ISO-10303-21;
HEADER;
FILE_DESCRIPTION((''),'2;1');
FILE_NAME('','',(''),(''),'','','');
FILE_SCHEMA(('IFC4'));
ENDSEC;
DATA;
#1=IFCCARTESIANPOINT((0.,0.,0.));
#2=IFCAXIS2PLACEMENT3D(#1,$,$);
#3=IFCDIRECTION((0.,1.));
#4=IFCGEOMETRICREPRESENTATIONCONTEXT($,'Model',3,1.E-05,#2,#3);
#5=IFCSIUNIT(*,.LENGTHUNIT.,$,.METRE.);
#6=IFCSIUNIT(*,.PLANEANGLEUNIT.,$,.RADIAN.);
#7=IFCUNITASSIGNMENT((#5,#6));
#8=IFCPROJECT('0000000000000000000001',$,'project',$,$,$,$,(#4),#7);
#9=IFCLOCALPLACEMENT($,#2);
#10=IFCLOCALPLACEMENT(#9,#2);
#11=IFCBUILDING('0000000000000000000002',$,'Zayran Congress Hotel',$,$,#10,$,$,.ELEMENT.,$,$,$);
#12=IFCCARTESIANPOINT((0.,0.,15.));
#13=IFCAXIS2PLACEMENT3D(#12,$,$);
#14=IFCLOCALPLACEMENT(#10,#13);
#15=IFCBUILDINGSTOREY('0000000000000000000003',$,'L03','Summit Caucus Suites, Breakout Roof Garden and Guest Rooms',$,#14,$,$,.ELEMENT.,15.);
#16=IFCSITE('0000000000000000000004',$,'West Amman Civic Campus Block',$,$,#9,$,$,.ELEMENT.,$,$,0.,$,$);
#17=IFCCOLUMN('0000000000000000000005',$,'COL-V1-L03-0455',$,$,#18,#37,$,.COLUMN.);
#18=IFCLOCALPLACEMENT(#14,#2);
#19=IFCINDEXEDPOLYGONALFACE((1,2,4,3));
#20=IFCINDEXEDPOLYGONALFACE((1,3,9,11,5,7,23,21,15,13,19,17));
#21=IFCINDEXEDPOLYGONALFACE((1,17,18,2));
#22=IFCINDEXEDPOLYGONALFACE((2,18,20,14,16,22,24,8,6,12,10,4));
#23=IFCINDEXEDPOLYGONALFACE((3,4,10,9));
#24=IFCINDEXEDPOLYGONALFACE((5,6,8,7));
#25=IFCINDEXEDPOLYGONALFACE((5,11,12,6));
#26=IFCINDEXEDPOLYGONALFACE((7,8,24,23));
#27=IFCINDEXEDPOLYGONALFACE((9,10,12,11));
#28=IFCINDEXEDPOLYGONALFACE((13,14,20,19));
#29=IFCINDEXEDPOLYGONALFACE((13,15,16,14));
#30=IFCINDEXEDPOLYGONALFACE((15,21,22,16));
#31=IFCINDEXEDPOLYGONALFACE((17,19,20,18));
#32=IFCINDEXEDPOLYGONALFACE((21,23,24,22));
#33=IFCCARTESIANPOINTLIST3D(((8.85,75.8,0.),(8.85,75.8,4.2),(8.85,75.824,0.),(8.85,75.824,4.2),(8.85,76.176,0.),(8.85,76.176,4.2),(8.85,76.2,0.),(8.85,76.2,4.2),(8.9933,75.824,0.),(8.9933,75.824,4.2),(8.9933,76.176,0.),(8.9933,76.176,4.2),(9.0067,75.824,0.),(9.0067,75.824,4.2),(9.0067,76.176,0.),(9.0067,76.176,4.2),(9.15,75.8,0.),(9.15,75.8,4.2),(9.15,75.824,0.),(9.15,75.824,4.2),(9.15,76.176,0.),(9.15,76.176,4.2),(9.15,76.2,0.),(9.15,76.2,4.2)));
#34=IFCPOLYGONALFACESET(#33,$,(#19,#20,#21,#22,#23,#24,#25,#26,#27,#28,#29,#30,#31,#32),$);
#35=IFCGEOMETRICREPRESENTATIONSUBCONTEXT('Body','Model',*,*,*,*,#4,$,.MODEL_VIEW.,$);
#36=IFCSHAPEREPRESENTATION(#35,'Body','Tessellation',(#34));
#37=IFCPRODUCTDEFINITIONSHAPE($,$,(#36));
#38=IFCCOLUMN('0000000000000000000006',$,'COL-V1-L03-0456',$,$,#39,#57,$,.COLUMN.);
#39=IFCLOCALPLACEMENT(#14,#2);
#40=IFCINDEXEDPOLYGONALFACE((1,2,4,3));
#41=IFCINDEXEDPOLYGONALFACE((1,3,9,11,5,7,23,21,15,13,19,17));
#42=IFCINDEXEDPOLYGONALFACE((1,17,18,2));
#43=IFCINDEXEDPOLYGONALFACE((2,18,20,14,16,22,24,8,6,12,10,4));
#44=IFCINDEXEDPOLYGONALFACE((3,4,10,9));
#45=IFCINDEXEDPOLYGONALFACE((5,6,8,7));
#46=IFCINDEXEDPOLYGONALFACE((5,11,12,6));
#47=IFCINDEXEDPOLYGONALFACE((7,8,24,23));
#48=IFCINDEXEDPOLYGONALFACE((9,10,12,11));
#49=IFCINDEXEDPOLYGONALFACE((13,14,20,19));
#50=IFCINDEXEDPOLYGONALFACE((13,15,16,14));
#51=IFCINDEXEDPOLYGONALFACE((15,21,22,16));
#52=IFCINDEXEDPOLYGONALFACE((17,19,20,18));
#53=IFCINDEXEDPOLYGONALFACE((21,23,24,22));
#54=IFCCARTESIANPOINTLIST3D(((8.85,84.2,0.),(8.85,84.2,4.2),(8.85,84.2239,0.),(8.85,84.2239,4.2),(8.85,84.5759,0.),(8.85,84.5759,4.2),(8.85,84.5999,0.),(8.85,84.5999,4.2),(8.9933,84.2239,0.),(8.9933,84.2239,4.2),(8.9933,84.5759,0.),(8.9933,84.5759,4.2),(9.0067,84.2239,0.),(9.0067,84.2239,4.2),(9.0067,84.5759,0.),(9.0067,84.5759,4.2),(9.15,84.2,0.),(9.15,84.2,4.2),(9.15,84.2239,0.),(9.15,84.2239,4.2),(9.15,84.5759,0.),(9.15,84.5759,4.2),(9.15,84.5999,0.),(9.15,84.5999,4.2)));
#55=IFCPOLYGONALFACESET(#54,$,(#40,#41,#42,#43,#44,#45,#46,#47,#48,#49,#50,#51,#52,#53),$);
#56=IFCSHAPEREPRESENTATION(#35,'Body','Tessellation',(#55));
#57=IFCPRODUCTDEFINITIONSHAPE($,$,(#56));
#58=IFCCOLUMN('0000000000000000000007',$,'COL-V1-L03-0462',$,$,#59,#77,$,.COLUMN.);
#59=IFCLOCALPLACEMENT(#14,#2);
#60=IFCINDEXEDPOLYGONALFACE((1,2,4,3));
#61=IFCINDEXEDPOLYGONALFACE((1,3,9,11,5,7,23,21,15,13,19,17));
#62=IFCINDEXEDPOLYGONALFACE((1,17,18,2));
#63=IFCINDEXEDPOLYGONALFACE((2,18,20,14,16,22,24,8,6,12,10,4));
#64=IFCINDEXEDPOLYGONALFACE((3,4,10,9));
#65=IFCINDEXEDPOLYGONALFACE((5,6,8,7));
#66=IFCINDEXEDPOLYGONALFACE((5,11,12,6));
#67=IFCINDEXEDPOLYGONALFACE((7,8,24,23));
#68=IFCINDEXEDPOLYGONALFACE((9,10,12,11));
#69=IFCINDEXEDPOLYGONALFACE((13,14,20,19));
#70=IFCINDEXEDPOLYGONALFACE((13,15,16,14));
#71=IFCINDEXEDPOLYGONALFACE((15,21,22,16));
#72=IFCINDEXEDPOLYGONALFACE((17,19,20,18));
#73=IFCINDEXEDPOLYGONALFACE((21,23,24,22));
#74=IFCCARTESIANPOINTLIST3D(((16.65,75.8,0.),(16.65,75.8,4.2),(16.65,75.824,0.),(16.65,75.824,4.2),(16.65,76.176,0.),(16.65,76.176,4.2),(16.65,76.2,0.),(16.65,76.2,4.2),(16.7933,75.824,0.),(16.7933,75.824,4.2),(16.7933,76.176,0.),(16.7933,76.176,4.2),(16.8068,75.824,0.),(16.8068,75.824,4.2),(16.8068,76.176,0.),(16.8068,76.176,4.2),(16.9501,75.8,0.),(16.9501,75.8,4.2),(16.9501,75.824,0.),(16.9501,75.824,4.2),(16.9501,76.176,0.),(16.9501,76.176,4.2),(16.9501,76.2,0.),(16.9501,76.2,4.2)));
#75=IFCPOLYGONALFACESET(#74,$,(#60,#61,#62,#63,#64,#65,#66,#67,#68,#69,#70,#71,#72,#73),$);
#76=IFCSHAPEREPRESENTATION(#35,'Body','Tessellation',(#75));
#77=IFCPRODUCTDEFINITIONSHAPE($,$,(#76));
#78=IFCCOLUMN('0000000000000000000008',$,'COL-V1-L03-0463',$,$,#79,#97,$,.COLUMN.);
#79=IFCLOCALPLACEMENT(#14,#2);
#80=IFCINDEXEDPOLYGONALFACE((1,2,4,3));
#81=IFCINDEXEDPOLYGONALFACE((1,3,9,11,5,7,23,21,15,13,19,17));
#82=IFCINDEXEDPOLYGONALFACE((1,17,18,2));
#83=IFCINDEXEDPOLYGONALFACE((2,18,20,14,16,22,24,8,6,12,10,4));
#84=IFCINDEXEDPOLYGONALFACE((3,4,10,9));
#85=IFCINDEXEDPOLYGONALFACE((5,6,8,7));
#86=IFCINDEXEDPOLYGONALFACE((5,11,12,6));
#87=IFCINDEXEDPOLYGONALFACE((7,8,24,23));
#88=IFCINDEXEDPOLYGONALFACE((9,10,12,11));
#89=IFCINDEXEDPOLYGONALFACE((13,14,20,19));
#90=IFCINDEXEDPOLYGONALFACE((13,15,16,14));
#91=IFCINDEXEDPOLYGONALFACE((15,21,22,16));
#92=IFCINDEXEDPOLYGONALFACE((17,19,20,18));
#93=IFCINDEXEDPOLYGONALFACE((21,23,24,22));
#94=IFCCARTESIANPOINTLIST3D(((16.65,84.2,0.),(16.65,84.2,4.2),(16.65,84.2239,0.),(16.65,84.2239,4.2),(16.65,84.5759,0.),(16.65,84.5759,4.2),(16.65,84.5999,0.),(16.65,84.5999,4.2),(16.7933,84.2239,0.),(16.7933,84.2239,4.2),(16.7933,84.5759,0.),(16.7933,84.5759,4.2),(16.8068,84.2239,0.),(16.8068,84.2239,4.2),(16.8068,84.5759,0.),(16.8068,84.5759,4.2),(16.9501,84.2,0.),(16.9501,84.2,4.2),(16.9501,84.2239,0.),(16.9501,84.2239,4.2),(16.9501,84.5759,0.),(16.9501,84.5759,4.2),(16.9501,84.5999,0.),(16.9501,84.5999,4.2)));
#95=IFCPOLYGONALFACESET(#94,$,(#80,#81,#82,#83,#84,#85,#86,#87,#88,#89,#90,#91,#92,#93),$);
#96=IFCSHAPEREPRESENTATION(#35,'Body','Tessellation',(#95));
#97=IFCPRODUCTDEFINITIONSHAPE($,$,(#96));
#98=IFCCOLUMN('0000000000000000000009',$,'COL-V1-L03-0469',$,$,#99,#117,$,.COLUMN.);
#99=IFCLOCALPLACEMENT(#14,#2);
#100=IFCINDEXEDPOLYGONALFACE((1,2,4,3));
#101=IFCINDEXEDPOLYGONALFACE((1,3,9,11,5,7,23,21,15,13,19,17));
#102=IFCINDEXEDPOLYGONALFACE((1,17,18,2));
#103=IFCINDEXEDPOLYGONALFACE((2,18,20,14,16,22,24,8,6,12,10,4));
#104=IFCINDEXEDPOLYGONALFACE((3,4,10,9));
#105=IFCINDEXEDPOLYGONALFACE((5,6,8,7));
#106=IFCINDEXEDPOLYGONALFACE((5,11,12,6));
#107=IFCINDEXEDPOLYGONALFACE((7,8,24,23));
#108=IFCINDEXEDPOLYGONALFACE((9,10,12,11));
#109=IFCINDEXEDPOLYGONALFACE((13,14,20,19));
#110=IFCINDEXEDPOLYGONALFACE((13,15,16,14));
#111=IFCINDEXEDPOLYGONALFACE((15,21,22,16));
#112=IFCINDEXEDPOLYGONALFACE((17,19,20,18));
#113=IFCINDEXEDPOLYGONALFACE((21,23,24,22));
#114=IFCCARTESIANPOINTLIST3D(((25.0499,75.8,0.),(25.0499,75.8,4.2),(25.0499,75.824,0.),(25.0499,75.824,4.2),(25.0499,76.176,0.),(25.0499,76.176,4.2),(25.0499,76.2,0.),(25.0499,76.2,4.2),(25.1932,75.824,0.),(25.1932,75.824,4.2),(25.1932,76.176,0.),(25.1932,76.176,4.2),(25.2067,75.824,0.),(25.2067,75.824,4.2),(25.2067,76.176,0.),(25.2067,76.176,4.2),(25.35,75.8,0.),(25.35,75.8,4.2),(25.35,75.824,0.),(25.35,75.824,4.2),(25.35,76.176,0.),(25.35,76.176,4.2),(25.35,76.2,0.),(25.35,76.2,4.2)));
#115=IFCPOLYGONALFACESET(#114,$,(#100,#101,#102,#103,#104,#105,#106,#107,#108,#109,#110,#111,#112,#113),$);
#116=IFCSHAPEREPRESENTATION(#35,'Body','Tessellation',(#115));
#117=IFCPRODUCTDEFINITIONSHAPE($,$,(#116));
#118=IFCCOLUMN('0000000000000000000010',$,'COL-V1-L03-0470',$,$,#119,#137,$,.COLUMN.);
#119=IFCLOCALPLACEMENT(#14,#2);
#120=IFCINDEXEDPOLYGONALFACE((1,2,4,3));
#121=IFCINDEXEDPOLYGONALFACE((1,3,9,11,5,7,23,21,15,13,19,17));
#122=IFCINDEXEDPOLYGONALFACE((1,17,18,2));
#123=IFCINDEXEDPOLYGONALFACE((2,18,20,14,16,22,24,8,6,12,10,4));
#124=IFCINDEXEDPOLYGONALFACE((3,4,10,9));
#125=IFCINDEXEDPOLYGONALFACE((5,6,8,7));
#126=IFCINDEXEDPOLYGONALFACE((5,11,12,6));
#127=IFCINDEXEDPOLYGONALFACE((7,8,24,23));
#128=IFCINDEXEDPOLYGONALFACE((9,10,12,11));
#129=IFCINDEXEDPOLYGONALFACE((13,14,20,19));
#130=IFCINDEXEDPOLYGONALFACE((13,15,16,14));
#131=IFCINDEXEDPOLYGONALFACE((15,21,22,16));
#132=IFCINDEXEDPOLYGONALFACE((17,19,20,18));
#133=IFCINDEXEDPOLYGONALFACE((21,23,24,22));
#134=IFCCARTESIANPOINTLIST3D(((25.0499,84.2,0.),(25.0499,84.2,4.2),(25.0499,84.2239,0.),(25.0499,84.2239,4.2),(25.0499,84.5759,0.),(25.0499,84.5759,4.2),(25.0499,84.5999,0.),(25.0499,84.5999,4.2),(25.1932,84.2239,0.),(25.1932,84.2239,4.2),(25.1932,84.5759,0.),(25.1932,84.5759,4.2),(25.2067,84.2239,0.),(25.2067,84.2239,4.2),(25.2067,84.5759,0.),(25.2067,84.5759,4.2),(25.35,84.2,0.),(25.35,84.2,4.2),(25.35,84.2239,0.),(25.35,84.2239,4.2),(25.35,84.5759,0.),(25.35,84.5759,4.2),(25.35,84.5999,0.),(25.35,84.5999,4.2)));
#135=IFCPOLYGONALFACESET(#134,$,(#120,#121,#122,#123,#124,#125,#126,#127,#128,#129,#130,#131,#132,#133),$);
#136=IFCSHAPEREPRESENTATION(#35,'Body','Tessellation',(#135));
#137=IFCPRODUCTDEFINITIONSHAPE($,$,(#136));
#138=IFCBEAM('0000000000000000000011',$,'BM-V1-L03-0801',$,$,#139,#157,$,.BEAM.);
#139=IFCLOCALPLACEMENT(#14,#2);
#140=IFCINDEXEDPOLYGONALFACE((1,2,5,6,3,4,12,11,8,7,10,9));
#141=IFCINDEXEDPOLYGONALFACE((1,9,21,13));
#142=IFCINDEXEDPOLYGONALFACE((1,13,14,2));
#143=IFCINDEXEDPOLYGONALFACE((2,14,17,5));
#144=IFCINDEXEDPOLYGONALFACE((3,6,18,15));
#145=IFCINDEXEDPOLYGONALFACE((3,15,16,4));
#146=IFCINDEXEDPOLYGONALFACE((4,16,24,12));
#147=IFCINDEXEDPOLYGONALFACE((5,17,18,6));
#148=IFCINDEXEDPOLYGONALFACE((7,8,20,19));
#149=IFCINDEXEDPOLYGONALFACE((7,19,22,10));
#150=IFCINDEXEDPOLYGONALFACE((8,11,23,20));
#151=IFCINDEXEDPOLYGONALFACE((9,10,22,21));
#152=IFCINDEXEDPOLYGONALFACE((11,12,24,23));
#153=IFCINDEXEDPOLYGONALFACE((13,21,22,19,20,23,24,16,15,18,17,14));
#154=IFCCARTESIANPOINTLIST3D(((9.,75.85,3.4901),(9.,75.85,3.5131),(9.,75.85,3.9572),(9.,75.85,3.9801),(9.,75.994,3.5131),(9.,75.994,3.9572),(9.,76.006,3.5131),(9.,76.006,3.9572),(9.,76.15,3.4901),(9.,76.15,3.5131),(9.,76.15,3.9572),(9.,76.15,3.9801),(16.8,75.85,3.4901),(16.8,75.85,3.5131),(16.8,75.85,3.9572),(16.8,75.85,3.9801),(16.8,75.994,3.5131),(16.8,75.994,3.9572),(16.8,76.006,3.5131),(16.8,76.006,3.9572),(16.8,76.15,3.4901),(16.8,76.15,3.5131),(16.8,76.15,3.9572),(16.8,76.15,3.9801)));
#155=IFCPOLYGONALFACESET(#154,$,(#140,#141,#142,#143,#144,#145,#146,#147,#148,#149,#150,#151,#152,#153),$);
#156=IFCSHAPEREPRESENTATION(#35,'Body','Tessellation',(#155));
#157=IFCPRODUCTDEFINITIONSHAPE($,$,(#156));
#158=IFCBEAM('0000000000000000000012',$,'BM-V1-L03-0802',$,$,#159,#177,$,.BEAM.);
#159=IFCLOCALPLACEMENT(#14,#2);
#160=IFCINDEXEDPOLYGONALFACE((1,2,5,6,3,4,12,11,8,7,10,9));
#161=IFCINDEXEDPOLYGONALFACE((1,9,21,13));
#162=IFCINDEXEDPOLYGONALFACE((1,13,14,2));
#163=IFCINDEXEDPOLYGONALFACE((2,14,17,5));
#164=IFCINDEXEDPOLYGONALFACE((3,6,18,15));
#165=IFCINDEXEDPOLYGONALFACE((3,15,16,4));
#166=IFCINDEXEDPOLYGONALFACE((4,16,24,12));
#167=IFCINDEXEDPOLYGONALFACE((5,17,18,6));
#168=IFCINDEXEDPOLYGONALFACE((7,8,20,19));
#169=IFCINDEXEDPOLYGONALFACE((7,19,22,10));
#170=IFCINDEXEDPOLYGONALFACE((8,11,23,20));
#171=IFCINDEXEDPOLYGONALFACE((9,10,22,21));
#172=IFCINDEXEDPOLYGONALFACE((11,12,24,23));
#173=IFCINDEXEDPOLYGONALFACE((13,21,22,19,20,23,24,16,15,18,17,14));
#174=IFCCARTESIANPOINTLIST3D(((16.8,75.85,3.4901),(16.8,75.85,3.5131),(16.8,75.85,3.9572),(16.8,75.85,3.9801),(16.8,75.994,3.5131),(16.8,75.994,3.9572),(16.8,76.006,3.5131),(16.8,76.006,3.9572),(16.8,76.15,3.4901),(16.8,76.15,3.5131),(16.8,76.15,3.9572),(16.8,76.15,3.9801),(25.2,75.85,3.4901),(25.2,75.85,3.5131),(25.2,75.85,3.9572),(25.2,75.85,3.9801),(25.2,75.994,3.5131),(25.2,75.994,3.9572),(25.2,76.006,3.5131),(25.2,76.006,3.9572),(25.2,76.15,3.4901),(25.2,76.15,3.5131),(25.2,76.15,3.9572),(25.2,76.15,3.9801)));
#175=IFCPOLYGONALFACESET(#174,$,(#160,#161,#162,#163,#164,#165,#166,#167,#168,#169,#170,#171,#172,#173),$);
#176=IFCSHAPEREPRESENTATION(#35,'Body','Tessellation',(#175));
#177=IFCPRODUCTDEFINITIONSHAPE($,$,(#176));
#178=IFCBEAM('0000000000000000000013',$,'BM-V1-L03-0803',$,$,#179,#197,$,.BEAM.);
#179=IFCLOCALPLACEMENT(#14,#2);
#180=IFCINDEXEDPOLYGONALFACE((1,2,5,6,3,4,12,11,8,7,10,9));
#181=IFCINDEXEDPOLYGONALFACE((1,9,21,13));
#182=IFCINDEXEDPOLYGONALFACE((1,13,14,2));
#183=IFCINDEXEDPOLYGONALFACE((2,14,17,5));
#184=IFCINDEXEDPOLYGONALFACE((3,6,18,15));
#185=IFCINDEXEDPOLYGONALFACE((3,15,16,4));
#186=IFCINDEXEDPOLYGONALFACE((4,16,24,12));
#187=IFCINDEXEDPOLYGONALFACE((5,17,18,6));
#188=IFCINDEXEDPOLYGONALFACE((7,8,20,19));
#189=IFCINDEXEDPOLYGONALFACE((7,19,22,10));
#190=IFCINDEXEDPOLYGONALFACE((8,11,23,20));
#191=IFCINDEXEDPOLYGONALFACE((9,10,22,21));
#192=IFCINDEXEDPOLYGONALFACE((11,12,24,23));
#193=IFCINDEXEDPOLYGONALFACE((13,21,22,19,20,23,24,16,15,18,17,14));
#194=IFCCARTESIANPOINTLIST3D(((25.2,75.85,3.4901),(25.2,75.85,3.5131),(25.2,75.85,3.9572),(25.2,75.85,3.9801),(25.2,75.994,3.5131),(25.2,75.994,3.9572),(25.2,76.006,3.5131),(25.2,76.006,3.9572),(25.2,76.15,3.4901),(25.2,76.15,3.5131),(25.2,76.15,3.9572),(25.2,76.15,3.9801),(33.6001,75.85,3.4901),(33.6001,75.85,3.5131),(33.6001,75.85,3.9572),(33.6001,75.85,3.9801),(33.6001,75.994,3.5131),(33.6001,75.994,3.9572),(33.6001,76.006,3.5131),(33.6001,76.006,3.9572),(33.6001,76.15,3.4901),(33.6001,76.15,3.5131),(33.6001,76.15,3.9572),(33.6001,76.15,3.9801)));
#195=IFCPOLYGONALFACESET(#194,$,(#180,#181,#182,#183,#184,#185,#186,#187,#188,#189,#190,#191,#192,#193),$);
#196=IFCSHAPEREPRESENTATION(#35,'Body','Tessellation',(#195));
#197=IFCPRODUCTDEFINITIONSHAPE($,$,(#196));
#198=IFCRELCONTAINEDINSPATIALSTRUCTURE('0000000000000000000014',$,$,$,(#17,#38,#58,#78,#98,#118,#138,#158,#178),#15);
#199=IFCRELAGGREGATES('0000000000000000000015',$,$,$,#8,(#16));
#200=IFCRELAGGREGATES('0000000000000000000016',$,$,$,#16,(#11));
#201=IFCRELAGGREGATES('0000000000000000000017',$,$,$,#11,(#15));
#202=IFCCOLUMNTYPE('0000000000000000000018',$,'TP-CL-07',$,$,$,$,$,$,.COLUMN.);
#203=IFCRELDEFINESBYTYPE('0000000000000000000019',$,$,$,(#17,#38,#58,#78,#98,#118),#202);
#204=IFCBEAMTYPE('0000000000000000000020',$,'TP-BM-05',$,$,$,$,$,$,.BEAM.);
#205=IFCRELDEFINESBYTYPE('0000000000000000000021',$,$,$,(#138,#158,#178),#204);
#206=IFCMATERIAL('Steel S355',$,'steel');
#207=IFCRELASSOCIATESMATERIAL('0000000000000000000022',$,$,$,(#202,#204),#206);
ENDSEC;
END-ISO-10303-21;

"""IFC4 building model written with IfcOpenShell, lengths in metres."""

from ifc_helpers import new_model, si_unit, direction, frame, origin, origin_2d, place, context, subcontext, project, spatial, i_section, extrude, material, material_profile, profile_set, type_object, element, save


model = new_model("IFC4")

# Units and contexts
model_context = context("Model", 3, precision=1e-05, world=origin(), true_north=direction((0.0, 1.0)))
body_context = subcontext(model_context, "Body", "Model", "MODEL_VIEW")
ifc_project = project(units=[si_unit("LENGTHUNIT", "METRE"), si_unit("PLANEANGLEUNIT", "RADIAN")], contexts=[model_context])

# Site, building, storey
site_placement = place(None, origin())
site = spatial("IfcSite", under=ifc_project, at=site_placement, Name="West Amman Civic Campus Block", CompositionType="ELEMENT", RefElevation=0.0)
building_placement = place(site_placement, origin())
building = spatial("IfcBuilding", under=site, at=building_placement, Name="Zayran Congress Hotel", CompositionType="ELEMENT")
storey_placement = place(building_placement, frame((0.0, 0.0, 15.0)))
storey = spatial("IfcBuildingStorey", under=building, at=storey_placement, Name="L03", Description="Summit Caucus Suites, Breakout Roof Garden and Guest Rooms", CompositionType="ELEMENT", Elevation=15.0)

# Columns
ifc_material_1 = material(Name="Steel S355", Category="steel")
ifc_material_profile_1 = material_profile(ifc_material_1, i_section(OverallWidth=0.3, OverallDepth=0.3999, WebThickness=0.0134, FlangeThickness=0.0239, at=origin_2d()), Name="HEB 400")
ifc_profile_set_1 = profile_set([ifc_material_profile_1], Name="Steel S355")
column_type = type_object("IfcColumnType", Name="TP-CL-07", PredefinedType="COLUMN", material=ifc_profile_set_1)
for number, where, z_axis, x_axis, name in (
    (1, (9.0, 76.0, 0.0), (0.0, 0.0, 1.0), (1.0, 0.0, 0.0), "COL-V1-L03-0455"),
    (2, (9.0, 84.3999, 0.0), (0.0, 0.0, 1.0), (1.0, 0.0, 0.0), "COL-V1-L03-0456"),
    (3, (16.8, 76.0, 0.0), (0.0, 0.0, 1.0), (1.0, 0.0, 0.0), "COL-V1-L03-0462"),
    (4, (16.8, 84.3999, 0.0), (0.0, 0.0, 1.0), (1.0, 0.0, 0.0), "COL-V1-L03-0463"),
    (5, (25.2, 76.0, 0.0), (0.0, 0.0, 1.0), (1.0, 0.0, 0.0), "COL-V1-L03-0469"),
    (6, (25.2, 84.3999, 0.0), (0.0, 0.0, 1.0), (1.0, 0.0, 0.0), "COL-V1-L03-0470"),
):
    element("IfcColumn", number, at=place(storey_placement, frame(where, z_axis=z_axis, x_axis=x_axis)), inside=storey, type_object=column_type, Name=name, PredefinedType="COLUMN", context=body_context, shape_type="SweptSolid", body=[
        extrude(i_section(OverallWidth=0.3, OverallDepth=0.3999, WebThickness=0.0134, FlangeThickness=0.0239, at=origin_2d()), origin(), (0.0, 0.0, 1.0), 4.2),
    ])

# Beams
ifc_material_profile_2 = material_profile(ifc_material_1, i_section(OverallWidth=0.3, OverallDepth=0.49, WebThickness=0.012, FlangeThickness=0.0229, at=origin_2d()), Name="HEA 500")
ifc_profile_set_2 = profile_set([ifc_material_profile_2], Name="Steel S355")
beam_type_1 = type_object("IfcBeamType", Name="TP-BM-05", PredefinedType="BEAM", material=ifc_profile_set_2)
beam_1_placement = place(storey_placement, frame((9.0, 76.0, 3.7351), z_axis=(1.0, 0.0, 0.0), x_axis=(0.0, 1.0, 0.0)))
element("IfcBeam", 7, at=beam_1_placement, inside=storey, type_object=beam_type_1, Name="BM-V1-L03-0801", PredefinedType="BEAM", context=body_context, shape_type="SweptSolid", body=[
    extrude(i_section(OverallWidth=0.3, OverallDepth=0.49, WebThickness=0.012, FlangeThickness=0.0229, at=origin_2d()), origin(), (0.0, 0.0, 1.0), 7.8),
])
beam_2_placement = place(storey_placement, frame((16.8, 76.0, 3.7351), z_axis=(1.0, 0.0, 0.0), x_axis=(0.0, 1.0, 0.0)))
element("IfcBeam", 8, at=beam_2_placement, inside=storey, type_object=beam_type_1, Name="BM-V1-L03-0802", PredefinedType="BEAM", context=body_context, shape_type="SweptSolid", body=[
    extrude(i_section(OverallWidth=0.3, OverallDepth=0.49, WebThickness=0.012, FlangeThickness=0.0229, at=origin_2d()), origin(), (0.0, 0.0, 1.0), 8.3999),
])
beam_3_placement = place(storey_placement, frame((25.2, 76.0, 3.7351), z_axis=(1.0, 0.0, 0.0), x_axis=(0.0, 1.0, 0.0)))
element("IfcBeam", 9, at=beam_3_placement, inside=storey, type_object=beam_type_1, Name="BM-V1-L03-0803", PredefinedType="BEAM", context=body_context, shape_type="SweptSolid", body=[
    extrude(i_section(OverallWidth=0.3, OverallDepth=0.49, WebThickness=0.012, FlangeThickness=0.0229, at=origin_2d()), origin(), (0.0, 0.0, 1.0), 8.4001),
])

save(model, "model.ifc")
